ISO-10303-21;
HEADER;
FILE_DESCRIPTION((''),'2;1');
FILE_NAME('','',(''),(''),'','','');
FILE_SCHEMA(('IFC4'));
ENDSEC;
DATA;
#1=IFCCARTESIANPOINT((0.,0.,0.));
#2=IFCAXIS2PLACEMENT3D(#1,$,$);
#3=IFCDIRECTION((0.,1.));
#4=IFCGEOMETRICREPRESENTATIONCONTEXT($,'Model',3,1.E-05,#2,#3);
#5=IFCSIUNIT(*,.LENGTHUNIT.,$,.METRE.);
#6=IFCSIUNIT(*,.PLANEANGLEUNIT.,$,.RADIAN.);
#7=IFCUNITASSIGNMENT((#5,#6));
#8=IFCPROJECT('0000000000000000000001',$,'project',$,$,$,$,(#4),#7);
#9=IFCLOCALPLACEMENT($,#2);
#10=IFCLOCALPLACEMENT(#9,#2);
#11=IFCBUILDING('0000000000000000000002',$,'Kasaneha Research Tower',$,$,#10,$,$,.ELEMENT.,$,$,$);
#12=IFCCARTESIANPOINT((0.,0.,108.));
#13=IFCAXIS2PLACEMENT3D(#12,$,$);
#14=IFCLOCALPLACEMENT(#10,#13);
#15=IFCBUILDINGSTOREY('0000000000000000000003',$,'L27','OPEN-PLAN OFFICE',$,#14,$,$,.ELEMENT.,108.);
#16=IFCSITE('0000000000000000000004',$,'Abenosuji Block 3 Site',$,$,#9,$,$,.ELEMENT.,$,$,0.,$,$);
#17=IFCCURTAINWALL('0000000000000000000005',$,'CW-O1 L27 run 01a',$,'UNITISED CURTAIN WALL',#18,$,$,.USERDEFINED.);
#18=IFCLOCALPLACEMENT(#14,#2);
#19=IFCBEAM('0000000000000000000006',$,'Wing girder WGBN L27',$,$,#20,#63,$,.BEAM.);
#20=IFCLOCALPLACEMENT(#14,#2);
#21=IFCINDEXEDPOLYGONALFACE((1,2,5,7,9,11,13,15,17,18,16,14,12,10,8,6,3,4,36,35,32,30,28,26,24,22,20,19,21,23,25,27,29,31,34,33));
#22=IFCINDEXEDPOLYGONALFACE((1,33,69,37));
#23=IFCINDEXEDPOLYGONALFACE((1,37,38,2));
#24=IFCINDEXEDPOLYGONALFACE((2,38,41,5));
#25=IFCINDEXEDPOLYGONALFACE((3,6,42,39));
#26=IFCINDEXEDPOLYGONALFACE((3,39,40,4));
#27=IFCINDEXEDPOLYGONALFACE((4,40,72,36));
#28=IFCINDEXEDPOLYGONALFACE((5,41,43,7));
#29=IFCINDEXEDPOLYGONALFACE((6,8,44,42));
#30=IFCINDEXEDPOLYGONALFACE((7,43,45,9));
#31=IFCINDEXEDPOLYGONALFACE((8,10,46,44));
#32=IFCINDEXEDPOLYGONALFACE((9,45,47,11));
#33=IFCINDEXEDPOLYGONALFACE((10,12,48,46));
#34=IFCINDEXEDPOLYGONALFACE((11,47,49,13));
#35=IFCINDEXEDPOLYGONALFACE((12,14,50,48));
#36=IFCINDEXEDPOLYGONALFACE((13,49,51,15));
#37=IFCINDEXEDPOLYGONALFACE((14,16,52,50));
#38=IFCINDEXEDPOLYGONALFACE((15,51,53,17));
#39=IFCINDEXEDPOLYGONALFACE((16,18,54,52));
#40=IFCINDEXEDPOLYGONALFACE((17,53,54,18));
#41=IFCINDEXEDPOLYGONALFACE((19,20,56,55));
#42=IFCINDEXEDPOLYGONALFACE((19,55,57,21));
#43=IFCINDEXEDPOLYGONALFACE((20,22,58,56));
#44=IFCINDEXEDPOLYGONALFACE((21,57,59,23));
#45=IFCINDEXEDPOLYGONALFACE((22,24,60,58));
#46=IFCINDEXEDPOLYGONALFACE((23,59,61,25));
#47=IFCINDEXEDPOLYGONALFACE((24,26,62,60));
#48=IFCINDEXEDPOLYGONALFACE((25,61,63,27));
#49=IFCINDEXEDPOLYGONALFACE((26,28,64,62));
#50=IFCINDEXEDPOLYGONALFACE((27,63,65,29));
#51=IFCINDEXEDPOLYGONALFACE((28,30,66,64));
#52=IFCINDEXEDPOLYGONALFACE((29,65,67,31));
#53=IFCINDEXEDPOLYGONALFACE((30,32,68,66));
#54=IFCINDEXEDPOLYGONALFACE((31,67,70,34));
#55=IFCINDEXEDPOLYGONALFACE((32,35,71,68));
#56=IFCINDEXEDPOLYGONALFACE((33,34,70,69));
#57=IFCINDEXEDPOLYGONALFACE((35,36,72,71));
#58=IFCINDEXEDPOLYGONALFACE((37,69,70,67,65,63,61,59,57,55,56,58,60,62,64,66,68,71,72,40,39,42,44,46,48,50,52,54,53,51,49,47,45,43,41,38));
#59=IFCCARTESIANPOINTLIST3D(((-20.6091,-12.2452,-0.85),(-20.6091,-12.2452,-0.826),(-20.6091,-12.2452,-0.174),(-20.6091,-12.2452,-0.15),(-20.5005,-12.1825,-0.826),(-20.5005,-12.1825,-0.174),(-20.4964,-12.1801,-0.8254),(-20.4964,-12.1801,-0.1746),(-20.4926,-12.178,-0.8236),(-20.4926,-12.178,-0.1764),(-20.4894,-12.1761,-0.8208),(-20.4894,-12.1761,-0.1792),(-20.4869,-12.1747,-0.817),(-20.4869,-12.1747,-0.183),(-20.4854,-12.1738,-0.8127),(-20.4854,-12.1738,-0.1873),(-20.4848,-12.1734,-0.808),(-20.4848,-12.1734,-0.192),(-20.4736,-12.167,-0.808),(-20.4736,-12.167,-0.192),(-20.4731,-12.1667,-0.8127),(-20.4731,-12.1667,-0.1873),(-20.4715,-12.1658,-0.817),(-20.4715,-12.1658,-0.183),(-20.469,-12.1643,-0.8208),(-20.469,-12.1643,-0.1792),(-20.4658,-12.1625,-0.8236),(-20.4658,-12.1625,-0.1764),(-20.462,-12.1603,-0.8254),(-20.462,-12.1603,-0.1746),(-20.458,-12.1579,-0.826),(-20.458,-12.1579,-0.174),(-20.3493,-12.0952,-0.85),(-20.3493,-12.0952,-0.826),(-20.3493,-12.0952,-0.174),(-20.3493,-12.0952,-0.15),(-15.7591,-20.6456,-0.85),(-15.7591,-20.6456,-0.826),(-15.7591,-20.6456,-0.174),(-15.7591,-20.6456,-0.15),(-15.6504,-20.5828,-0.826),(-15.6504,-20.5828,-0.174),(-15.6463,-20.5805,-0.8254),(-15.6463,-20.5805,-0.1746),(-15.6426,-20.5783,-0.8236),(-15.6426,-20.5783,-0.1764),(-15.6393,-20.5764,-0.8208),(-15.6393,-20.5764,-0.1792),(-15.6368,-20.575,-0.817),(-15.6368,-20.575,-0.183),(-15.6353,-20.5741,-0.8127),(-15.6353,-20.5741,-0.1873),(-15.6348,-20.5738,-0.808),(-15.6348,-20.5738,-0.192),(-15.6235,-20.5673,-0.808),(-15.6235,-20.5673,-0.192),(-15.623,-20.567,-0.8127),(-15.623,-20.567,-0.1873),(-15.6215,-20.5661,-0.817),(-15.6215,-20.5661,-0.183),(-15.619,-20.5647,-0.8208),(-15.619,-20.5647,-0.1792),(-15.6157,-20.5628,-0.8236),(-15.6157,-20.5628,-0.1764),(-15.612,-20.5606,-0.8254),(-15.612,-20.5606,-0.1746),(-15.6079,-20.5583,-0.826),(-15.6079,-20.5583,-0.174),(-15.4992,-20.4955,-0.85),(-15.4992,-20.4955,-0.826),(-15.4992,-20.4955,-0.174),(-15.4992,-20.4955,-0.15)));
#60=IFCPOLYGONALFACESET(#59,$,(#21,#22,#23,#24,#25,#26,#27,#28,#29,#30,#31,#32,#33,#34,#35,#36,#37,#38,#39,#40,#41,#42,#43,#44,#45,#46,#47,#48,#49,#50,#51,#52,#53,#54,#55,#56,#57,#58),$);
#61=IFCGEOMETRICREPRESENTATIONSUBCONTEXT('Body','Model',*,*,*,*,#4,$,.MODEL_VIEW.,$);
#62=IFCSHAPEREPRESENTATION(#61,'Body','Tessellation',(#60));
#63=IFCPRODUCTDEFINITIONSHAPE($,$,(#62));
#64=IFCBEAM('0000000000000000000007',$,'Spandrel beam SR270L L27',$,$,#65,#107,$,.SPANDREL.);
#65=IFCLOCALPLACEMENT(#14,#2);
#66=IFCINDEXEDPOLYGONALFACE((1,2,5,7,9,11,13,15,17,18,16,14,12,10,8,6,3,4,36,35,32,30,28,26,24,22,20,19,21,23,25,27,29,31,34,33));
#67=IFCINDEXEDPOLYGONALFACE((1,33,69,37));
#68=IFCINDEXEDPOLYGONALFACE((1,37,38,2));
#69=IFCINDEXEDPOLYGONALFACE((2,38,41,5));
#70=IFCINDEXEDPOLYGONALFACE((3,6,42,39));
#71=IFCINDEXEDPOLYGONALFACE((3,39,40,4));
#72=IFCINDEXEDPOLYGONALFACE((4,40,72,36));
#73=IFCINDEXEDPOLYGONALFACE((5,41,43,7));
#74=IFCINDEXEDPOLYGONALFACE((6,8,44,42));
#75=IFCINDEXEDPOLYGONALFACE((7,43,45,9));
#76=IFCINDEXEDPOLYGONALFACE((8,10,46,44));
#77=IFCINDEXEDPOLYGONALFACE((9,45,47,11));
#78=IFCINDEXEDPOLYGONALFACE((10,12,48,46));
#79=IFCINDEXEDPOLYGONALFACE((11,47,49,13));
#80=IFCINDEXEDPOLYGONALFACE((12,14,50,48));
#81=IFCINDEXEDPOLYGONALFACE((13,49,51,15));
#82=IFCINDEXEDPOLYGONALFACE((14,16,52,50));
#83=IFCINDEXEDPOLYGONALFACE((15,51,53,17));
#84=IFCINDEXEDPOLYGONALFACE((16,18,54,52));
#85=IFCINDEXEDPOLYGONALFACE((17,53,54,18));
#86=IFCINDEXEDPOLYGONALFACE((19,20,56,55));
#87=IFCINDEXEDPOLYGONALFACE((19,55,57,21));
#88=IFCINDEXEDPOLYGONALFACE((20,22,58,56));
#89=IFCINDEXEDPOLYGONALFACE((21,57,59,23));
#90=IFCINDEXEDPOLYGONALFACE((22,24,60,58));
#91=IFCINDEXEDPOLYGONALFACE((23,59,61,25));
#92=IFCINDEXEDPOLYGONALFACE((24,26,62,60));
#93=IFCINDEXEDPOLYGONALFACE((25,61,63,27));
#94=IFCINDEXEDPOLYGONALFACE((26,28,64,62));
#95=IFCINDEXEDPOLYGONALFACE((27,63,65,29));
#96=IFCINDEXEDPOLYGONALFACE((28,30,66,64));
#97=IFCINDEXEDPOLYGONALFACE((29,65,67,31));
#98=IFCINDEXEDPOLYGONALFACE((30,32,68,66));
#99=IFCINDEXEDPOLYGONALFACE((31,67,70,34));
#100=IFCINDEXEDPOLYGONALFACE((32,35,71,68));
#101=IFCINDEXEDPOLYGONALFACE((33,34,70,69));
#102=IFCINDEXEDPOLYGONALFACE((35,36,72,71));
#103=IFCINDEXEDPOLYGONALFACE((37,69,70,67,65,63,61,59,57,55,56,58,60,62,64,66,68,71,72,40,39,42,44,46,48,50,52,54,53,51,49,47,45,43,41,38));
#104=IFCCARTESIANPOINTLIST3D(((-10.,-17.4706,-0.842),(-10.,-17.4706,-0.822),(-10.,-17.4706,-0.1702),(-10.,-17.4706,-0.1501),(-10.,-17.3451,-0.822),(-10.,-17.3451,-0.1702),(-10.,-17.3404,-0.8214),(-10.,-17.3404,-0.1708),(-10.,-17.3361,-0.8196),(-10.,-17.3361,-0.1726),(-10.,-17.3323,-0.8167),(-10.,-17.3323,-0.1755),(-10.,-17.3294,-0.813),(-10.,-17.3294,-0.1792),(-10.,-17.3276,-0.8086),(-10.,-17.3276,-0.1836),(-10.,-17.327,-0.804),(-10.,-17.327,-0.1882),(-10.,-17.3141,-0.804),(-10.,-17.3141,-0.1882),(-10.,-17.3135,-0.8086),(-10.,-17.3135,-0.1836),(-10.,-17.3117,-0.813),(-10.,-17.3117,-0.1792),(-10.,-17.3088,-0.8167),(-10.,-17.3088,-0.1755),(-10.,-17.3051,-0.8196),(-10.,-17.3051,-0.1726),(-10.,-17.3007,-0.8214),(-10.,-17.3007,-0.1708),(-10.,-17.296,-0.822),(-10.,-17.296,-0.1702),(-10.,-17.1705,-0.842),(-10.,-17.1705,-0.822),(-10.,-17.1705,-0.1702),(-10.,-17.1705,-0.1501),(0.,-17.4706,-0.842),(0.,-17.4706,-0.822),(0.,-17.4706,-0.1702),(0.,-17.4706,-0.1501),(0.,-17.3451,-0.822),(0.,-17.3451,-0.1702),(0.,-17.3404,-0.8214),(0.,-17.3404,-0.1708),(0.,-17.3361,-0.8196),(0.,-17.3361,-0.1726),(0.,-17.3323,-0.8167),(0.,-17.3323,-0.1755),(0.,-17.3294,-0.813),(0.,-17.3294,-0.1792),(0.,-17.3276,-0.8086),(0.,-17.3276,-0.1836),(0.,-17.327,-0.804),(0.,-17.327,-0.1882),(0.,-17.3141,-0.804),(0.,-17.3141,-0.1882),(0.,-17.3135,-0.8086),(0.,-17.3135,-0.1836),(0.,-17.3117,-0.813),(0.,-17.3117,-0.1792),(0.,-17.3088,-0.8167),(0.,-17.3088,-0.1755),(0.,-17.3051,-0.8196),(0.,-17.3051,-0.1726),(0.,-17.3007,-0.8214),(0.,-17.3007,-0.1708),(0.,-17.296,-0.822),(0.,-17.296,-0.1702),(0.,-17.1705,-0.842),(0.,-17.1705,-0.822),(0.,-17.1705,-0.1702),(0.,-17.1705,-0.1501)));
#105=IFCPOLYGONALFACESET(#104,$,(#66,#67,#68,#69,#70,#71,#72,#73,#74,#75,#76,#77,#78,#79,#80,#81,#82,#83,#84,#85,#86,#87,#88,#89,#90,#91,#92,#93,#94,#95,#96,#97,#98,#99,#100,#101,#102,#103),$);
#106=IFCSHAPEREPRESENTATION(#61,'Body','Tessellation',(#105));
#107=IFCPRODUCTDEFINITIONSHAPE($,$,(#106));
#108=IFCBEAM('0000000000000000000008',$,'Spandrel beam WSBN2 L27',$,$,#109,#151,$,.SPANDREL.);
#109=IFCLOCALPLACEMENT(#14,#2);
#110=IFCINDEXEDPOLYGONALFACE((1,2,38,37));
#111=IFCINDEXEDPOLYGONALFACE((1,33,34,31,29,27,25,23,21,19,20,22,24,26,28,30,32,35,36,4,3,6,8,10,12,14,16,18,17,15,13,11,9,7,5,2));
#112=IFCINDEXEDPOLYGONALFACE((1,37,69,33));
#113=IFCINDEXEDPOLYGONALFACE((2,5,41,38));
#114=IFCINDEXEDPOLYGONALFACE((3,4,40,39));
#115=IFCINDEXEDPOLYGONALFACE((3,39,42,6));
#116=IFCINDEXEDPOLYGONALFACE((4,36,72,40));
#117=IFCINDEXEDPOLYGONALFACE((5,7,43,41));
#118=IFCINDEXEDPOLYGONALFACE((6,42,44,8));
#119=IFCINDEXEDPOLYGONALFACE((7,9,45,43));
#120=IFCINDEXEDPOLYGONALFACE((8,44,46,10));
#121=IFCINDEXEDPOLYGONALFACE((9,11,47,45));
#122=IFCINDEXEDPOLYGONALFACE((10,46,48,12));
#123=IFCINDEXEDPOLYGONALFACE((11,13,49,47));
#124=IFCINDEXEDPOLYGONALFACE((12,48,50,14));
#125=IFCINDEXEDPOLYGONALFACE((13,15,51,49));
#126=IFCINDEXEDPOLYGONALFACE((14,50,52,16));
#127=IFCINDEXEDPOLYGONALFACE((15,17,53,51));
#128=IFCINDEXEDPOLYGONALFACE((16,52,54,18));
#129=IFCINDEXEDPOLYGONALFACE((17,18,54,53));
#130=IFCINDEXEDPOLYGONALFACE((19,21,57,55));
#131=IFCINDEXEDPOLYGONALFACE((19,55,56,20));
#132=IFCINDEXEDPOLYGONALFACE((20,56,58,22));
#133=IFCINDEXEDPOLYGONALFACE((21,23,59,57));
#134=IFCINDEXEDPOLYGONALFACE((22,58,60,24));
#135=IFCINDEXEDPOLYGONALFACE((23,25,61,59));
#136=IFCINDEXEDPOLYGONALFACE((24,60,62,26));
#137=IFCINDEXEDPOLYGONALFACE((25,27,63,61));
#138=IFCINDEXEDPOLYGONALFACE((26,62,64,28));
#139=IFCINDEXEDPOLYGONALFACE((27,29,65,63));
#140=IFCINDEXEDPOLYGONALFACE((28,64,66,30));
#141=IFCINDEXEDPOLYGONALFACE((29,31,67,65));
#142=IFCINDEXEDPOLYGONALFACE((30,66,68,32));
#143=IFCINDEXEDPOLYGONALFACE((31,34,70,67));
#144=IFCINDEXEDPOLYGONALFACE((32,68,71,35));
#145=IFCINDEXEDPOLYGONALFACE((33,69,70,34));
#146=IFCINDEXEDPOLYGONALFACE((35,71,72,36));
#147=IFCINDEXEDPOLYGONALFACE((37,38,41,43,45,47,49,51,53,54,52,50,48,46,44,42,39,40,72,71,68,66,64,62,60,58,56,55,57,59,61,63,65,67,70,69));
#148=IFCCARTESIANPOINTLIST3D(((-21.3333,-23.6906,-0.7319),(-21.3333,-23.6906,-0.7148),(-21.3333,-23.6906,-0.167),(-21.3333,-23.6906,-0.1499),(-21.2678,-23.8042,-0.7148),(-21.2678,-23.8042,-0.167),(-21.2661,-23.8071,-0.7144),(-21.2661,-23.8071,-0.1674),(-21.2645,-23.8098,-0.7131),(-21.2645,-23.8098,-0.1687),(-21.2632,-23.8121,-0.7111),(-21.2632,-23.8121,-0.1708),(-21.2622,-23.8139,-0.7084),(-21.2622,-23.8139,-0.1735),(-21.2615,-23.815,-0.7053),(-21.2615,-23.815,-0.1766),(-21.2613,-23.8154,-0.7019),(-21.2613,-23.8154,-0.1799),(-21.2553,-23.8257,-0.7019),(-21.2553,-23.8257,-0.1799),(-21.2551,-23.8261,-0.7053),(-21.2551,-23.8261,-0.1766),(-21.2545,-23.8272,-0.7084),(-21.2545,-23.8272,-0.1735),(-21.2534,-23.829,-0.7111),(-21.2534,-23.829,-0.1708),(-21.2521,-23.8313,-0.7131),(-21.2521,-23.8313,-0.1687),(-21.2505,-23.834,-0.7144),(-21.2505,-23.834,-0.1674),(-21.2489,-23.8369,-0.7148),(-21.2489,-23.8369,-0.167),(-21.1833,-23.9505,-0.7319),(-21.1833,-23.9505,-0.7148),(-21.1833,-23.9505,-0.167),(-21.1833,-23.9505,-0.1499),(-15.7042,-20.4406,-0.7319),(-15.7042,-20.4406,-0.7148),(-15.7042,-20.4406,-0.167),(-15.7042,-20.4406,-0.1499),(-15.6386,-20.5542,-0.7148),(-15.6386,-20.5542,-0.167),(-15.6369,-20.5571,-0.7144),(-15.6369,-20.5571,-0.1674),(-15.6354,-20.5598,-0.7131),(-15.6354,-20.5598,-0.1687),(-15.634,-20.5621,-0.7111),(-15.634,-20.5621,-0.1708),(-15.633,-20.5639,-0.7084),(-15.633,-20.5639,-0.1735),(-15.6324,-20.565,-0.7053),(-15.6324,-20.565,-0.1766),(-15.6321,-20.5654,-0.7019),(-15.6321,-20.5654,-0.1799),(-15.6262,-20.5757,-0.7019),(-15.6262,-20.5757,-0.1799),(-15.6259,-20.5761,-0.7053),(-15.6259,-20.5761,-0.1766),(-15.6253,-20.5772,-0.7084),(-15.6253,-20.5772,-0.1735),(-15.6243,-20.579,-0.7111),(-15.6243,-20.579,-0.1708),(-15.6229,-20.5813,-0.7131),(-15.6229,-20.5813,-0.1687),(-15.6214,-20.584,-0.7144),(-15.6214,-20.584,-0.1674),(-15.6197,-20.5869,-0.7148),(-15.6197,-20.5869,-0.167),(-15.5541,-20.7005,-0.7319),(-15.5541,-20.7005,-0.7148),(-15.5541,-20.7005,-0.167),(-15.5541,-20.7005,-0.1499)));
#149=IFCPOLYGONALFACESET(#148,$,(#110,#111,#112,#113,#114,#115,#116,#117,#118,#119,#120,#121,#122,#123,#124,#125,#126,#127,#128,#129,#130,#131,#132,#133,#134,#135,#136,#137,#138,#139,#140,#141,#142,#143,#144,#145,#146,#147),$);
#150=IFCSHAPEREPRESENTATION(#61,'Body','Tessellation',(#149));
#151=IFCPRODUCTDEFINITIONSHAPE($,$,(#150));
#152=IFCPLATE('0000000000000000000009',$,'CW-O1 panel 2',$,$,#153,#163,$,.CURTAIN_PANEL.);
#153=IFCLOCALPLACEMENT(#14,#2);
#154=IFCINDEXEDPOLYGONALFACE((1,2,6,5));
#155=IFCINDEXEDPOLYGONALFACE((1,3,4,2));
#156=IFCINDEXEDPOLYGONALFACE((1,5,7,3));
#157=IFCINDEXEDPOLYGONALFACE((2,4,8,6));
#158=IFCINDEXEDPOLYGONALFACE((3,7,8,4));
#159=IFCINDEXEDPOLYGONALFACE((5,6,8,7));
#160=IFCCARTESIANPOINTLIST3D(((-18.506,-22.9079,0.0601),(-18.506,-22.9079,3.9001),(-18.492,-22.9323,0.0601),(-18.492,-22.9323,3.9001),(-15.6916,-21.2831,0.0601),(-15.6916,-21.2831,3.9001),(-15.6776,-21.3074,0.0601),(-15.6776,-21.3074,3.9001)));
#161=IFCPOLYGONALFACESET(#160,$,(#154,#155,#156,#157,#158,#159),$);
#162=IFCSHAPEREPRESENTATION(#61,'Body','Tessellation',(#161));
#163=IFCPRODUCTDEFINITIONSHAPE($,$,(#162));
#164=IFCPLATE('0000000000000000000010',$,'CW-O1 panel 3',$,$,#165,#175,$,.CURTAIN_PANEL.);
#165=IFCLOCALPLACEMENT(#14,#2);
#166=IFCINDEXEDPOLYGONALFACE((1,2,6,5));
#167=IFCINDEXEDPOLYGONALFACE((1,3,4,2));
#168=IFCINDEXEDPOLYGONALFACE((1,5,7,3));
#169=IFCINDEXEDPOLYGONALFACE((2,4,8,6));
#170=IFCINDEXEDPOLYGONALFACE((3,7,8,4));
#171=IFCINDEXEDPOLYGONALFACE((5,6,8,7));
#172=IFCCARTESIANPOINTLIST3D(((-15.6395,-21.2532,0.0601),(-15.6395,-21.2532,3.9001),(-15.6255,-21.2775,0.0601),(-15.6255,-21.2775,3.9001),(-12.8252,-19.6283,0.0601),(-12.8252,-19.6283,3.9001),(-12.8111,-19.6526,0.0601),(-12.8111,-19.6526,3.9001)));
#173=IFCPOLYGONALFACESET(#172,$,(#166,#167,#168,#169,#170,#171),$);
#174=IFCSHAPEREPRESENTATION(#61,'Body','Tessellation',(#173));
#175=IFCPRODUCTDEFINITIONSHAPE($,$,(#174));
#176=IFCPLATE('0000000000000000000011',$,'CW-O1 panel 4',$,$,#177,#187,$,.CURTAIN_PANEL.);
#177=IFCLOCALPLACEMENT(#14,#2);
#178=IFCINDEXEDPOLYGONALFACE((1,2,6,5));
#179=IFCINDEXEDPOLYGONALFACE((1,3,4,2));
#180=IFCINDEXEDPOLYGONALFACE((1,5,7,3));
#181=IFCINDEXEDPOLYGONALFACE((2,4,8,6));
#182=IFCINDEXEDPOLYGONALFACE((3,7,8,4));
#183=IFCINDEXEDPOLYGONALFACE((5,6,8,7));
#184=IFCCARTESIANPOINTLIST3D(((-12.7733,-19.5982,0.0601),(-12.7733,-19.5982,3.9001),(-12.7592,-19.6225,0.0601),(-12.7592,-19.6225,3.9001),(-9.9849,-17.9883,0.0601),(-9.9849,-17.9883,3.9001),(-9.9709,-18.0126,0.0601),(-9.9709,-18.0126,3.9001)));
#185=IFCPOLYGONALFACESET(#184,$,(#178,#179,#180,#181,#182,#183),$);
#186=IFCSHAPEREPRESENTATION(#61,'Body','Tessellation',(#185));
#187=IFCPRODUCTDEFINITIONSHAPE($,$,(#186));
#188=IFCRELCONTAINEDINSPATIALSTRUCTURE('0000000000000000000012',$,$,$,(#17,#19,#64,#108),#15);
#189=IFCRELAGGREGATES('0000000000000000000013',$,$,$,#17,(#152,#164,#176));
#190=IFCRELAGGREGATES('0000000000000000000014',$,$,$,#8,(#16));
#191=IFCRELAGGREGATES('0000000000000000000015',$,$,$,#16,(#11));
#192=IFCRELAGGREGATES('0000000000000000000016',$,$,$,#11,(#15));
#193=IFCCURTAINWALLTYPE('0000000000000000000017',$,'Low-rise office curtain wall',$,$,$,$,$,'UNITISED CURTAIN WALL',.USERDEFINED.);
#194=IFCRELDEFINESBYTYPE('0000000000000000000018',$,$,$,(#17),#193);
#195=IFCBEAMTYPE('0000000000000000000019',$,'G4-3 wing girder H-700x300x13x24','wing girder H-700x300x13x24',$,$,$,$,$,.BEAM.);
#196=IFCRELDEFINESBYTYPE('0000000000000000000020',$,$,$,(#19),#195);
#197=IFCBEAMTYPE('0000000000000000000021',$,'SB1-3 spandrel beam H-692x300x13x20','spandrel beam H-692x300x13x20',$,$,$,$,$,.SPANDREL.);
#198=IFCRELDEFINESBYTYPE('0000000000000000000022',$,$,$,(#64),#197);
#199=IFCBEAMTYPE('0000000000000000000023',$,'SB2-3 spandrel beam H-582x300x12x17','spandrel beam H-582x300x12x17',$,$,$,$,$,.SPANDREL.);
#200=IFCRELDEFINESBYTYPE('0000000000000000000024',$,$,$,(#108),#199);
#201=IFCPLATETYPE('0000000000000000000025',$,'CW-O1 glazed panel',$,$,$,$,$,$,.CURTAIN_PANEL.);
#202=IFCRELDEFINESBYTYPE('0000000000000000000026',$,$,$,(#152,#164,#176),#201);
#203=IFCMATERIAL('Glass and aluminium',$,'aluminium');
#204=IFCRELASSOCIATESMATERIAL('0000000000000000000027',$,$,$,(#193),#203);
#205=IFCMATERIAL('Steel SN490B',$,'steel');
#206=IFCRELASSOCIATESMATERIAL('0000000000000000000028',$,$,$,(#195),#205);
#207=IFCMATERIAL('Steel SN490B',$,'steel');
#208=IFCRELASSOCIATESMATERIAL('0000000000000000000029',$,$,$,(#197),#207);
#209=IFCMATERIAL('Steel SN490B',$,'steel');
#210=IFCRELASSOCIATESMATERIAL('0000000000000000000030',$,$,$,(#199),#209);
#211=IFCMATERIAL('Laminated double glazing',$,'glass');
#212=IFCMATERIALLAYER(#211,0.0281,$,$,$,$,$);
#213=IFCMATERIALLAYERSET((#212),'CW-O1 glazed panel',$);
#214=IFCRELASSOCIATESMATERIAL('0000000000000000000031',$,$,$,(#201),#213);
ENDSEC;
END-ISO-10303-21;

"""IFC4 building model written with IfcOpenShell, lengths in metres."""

from ifc_helpers import new_model, si_unit, direction, frame, origin, origin_2d, place, context, subcontext, project, spatial, rectangle, i_section, extrude, material, layer, layer_set, material_profile, profile_set, type_object, element, aggregate, save


model = new_model("IFC4")

# Units and contexts
model_context = context("Model", 3, precision=1e-05, world=origin(), true_north=direction((0.0, 1.0)))
body_context = subcontext(model_context, "Body", "Model", "MODEL_VIEW")
ifc_project = project(units=[si_unit("LENGTHUNIT", "METRE"), si_unit("PLANEANGLEUNIT", "RADIAN")], contexts=[model_context])

# Site, building, storey
site_placement = place(None, origin())
site = spatial("IfcSite", under=ifc_project, at=site_placement, Name="Abenosuji Block 3 Site", CompositionType="ELEMENT", RefElevation=0.0)
building_placement = place(site_placement, origin())
building = spatial("IfcBuilding", under=site, at=building_placement, Name="Kasaneha Research Tower", CompositionType="ELEMENT")
storey_placement = place(building_placement, frame((0.0, 0.0, 108.0)))
storey = spatial("IfcBuildingStorey", under=building, at=storey_placement, Name="L27", Description="OPEN-PLAN OFFICE", CompositionType="ELEMENT", Elevation=108.0)

# Curtain wall
ifc_material_1 = material(Name="Glass and aluminium", Category="aluminium")
curtain_wall_type = type_object("IfcCurtainWallType", Name="Low-rise office curtain wall", ElementType="UNITISED CURTAIN WALL", PredefinedType="USERDEFINED", material=ifc_material_1)
curtain_wall_1_placement = place(storey_placement, origin())
curtain_wall_1 = element("IfcCurtainWall", 1, at=curtain_wall_1_placement, inside=storey, type_object=curtain_wall_type, Name="CW-O1 L27 run 01a", ObjectType="UNITISED CURTAIN WALL", PredefinedType="USERDEFINED")

# Beams
ifc_material_2 = material(Name="Steel SN490B", Category="steel")
ifc_material_profile_1 = material_profile(ifc_material_2, i_section(OverallWidth=0.3, OverallDepth=0.7, WebThickness=0.0129, FlangeThickness=0.0239, FilletRadius=0.0181, at=origin_2d()), Name="H-700x300x13x24")
ifc_profile_set_1 = profile_set([ifc_material_profile_1], Name="Steel SN490B")
beam_type_1 = type_object("IfcBeamType", Name="G4-3 wing girder H-700x300x13x24", Description="wing girder H-700x300x13x24", PredefinedType="BEAM", material=ifc_profile_set_1)
beam_1_placement = place(storey_placement, frame((-15.6292, -20.5706, -0.5), z_axis=(-0.50001, 0.86602, 0.0), x_axis=(-0.86602, -0.50001, 0.0)))
element("IfcBeam", 2, at=beam_1_placement, inside=storey, type_object=beam_type_1, Name="Wing girder WGBN L27", PredefinedType="BEAM", context=body_context, shape_type="SweptSolid", body=[
    extrude(i_section(OverallWidth=0.3, OverallDepth=0.7, WebThickness=0.0129, FlangeThickness=0.0239, FilletRadius=0.0181, at=origin_2d()), origin(), (0.0, 0.0, 1.0), 9.7),
])
ifc_material_3 = material(Name="Steel SN490B", Category="steel")
ifc_material_profile_2 = material_profile(ifc_material_3, i_section(OverallWidth=0.3, OverallDepth=0.6919, WebThickness=0.0129, FlangeThickness=0.02, FilletRadius=0.0181, at=origin_2d()), Name="H-692x300x13x20")
ifc_profile_set_2 = profile_set([ifc_material_profile_2], Name="Steel SN490B")
beam_type_2 = type_object("IfcBeamType", Name="SB1-3 spandrel beam H-692x300x13x20", Description="spandrel beam H-692x300x13x20", PredefinedType="SPANDREL", material=ifc_profile_set_2)
beam_2_placement = place(storey_placement, frame((-10.0, -17.3206, -0.4961), z_axis=(1.0, 0.0, 0.0), x_axis=(0.0, 1.0, 0.0)))
element("IfcBeam", 3, at=beam_2_placement, inside=storey, type_object=beam_type_2, Name="Spandrel beam SR270L L27", PredefinedType="SPANDREL", context=body_context, shape_type="SweptSolid", body=[
    extrude(i_section(OverallWidth=0.3, OverallDepth=0.6919, WebThickness=0.0129, FlangeThickness=0.02, FilletRadius=0.0181, at=origin_2d()), origin(), (0.0, 0.0, 1.0), 10.0),
])
ifc_material_4 = material(Name="Steel SN490B", Category="steel")
ifc_material_profile_3 = material_profile(ifc_material_4, i_section(OverallWidth=0.3, OverallDepth=0.582, WebThickness=0.012, FlangeThickness=0.0171, FilletRadius=0.0129, at=origin_2d()), Name="H-582x300x12x17")
ifc_profile_set_3 = profile_set([ifc_material_profile_3], Name="Steel SN490B")
beam_type_3 = type_object("IfcBeamType", Name="SB2-3 spandrel beam H-582x300x12x17", Description="spandrel beam H-582x300x12x17", PredefinedType="SPANDREL", material=ifc_profile_set_3)
beam_3_placement = place(storey_placement, frame((-15.6292, -20.5706, -0.4409), z_axis=(-0.866025, -0.500001, 0.0), x_axis=(0.500001, -0.866025, 0.0)))
element("IfcBeam", 4, at=beam_3_placement, inside=storey, type_object=beam_type_3, Name="Spandrel beam WSBN2 L27", PredefinedType="SPANDREL", context=body_context, shape_type="SweptSolid", body=[
    extrude(i_section(OverallWidth=0.3, OverallDepth=0.582, WebThickness=0.012, FlangeThickness=0.0171, FilletRadius=0.0129, at=origin_2d()), origin(), (0.0, 0.0, 1.0), 6.5),
])

# Plates
ifc_material_5 = material(Name="Laminated double glazing", Category="glass")
ifc_layer_1 = layer(ifc_material_5, 0.0281)
ifc_layer_set_1 = layer_set([ifc_layer_1], Name="CW-O1 glazed panel")
plate_type = type_object("IfcPlateType", Name="CW-O1 glazed panel", PredefinedType="CURTAIN_PANEL", material=ifc_layer_set_1)
plate_1_placement = place(storey_placement, frame((-17.0918, -22.1077, 0.0601), z_axis=(0.0, 0.0, 1.0), x_axis=(0.866025, 0.5, 0.0)))
plate_1 = element("IfcPlate", 5, at=plate_1_placement, type_object=plate_type, Name="CW-O1 panel 2", PredefinedType="CURTAIN_PANEL", context=body_context, shape_type="SweptSolid", body=[
    extrude(rectangle(XDim=3.2498, YDim=0.0281, at=origin_2d()), origin(), (0.0, 0.0, 1.0), 3.8401),
])
plate_2_placement = place(storey_placement, frame((-14.2253, -20.4529, 0.0601), z_axis=(0.0, 0.0, 1.0), x_axis=(0.866025, 0.5, 0.0)))
plate_2 = element("IfcPlate", 6, at=plate_2_placement, type_object=plate_type, Name="CW-O1 panel 3", PredefinedType="CURTAIN_PANEL", context=body_context, shape_type="SweptSolid", body=[
    extrude(rectangle(XDim=3.2498, YDim=0.0281, at=origin_2d()), origin(), (0.0, 0.0, 1.0), 3.8401),
])
plate_3_placement = place(storey_placement, frame((-11.3721, -18.8054, 0.0601), z_axis=(0.0, 0.0, 1.0), x_axis=(0.866025, 0.5, 0.0)))
plate_3 = element("IfcPlate", 7, at=plate_3_placement, type_object=plate_type, Name="CW-O1 panel 4", PredefinedType="CURTAIN_PANEL", context=body_context, shape_type="SweptSolid", body=[
    extrude(rectangle(XDim=3.2197, YDim=0.0281, at=origin_2d()), origin(), (0.0, 0.0, 1.0), 3.8401),
])
aggregate(curtain_wall_1, [plate_1, plate_2, plate_3])

save(model, "model.ifc")
